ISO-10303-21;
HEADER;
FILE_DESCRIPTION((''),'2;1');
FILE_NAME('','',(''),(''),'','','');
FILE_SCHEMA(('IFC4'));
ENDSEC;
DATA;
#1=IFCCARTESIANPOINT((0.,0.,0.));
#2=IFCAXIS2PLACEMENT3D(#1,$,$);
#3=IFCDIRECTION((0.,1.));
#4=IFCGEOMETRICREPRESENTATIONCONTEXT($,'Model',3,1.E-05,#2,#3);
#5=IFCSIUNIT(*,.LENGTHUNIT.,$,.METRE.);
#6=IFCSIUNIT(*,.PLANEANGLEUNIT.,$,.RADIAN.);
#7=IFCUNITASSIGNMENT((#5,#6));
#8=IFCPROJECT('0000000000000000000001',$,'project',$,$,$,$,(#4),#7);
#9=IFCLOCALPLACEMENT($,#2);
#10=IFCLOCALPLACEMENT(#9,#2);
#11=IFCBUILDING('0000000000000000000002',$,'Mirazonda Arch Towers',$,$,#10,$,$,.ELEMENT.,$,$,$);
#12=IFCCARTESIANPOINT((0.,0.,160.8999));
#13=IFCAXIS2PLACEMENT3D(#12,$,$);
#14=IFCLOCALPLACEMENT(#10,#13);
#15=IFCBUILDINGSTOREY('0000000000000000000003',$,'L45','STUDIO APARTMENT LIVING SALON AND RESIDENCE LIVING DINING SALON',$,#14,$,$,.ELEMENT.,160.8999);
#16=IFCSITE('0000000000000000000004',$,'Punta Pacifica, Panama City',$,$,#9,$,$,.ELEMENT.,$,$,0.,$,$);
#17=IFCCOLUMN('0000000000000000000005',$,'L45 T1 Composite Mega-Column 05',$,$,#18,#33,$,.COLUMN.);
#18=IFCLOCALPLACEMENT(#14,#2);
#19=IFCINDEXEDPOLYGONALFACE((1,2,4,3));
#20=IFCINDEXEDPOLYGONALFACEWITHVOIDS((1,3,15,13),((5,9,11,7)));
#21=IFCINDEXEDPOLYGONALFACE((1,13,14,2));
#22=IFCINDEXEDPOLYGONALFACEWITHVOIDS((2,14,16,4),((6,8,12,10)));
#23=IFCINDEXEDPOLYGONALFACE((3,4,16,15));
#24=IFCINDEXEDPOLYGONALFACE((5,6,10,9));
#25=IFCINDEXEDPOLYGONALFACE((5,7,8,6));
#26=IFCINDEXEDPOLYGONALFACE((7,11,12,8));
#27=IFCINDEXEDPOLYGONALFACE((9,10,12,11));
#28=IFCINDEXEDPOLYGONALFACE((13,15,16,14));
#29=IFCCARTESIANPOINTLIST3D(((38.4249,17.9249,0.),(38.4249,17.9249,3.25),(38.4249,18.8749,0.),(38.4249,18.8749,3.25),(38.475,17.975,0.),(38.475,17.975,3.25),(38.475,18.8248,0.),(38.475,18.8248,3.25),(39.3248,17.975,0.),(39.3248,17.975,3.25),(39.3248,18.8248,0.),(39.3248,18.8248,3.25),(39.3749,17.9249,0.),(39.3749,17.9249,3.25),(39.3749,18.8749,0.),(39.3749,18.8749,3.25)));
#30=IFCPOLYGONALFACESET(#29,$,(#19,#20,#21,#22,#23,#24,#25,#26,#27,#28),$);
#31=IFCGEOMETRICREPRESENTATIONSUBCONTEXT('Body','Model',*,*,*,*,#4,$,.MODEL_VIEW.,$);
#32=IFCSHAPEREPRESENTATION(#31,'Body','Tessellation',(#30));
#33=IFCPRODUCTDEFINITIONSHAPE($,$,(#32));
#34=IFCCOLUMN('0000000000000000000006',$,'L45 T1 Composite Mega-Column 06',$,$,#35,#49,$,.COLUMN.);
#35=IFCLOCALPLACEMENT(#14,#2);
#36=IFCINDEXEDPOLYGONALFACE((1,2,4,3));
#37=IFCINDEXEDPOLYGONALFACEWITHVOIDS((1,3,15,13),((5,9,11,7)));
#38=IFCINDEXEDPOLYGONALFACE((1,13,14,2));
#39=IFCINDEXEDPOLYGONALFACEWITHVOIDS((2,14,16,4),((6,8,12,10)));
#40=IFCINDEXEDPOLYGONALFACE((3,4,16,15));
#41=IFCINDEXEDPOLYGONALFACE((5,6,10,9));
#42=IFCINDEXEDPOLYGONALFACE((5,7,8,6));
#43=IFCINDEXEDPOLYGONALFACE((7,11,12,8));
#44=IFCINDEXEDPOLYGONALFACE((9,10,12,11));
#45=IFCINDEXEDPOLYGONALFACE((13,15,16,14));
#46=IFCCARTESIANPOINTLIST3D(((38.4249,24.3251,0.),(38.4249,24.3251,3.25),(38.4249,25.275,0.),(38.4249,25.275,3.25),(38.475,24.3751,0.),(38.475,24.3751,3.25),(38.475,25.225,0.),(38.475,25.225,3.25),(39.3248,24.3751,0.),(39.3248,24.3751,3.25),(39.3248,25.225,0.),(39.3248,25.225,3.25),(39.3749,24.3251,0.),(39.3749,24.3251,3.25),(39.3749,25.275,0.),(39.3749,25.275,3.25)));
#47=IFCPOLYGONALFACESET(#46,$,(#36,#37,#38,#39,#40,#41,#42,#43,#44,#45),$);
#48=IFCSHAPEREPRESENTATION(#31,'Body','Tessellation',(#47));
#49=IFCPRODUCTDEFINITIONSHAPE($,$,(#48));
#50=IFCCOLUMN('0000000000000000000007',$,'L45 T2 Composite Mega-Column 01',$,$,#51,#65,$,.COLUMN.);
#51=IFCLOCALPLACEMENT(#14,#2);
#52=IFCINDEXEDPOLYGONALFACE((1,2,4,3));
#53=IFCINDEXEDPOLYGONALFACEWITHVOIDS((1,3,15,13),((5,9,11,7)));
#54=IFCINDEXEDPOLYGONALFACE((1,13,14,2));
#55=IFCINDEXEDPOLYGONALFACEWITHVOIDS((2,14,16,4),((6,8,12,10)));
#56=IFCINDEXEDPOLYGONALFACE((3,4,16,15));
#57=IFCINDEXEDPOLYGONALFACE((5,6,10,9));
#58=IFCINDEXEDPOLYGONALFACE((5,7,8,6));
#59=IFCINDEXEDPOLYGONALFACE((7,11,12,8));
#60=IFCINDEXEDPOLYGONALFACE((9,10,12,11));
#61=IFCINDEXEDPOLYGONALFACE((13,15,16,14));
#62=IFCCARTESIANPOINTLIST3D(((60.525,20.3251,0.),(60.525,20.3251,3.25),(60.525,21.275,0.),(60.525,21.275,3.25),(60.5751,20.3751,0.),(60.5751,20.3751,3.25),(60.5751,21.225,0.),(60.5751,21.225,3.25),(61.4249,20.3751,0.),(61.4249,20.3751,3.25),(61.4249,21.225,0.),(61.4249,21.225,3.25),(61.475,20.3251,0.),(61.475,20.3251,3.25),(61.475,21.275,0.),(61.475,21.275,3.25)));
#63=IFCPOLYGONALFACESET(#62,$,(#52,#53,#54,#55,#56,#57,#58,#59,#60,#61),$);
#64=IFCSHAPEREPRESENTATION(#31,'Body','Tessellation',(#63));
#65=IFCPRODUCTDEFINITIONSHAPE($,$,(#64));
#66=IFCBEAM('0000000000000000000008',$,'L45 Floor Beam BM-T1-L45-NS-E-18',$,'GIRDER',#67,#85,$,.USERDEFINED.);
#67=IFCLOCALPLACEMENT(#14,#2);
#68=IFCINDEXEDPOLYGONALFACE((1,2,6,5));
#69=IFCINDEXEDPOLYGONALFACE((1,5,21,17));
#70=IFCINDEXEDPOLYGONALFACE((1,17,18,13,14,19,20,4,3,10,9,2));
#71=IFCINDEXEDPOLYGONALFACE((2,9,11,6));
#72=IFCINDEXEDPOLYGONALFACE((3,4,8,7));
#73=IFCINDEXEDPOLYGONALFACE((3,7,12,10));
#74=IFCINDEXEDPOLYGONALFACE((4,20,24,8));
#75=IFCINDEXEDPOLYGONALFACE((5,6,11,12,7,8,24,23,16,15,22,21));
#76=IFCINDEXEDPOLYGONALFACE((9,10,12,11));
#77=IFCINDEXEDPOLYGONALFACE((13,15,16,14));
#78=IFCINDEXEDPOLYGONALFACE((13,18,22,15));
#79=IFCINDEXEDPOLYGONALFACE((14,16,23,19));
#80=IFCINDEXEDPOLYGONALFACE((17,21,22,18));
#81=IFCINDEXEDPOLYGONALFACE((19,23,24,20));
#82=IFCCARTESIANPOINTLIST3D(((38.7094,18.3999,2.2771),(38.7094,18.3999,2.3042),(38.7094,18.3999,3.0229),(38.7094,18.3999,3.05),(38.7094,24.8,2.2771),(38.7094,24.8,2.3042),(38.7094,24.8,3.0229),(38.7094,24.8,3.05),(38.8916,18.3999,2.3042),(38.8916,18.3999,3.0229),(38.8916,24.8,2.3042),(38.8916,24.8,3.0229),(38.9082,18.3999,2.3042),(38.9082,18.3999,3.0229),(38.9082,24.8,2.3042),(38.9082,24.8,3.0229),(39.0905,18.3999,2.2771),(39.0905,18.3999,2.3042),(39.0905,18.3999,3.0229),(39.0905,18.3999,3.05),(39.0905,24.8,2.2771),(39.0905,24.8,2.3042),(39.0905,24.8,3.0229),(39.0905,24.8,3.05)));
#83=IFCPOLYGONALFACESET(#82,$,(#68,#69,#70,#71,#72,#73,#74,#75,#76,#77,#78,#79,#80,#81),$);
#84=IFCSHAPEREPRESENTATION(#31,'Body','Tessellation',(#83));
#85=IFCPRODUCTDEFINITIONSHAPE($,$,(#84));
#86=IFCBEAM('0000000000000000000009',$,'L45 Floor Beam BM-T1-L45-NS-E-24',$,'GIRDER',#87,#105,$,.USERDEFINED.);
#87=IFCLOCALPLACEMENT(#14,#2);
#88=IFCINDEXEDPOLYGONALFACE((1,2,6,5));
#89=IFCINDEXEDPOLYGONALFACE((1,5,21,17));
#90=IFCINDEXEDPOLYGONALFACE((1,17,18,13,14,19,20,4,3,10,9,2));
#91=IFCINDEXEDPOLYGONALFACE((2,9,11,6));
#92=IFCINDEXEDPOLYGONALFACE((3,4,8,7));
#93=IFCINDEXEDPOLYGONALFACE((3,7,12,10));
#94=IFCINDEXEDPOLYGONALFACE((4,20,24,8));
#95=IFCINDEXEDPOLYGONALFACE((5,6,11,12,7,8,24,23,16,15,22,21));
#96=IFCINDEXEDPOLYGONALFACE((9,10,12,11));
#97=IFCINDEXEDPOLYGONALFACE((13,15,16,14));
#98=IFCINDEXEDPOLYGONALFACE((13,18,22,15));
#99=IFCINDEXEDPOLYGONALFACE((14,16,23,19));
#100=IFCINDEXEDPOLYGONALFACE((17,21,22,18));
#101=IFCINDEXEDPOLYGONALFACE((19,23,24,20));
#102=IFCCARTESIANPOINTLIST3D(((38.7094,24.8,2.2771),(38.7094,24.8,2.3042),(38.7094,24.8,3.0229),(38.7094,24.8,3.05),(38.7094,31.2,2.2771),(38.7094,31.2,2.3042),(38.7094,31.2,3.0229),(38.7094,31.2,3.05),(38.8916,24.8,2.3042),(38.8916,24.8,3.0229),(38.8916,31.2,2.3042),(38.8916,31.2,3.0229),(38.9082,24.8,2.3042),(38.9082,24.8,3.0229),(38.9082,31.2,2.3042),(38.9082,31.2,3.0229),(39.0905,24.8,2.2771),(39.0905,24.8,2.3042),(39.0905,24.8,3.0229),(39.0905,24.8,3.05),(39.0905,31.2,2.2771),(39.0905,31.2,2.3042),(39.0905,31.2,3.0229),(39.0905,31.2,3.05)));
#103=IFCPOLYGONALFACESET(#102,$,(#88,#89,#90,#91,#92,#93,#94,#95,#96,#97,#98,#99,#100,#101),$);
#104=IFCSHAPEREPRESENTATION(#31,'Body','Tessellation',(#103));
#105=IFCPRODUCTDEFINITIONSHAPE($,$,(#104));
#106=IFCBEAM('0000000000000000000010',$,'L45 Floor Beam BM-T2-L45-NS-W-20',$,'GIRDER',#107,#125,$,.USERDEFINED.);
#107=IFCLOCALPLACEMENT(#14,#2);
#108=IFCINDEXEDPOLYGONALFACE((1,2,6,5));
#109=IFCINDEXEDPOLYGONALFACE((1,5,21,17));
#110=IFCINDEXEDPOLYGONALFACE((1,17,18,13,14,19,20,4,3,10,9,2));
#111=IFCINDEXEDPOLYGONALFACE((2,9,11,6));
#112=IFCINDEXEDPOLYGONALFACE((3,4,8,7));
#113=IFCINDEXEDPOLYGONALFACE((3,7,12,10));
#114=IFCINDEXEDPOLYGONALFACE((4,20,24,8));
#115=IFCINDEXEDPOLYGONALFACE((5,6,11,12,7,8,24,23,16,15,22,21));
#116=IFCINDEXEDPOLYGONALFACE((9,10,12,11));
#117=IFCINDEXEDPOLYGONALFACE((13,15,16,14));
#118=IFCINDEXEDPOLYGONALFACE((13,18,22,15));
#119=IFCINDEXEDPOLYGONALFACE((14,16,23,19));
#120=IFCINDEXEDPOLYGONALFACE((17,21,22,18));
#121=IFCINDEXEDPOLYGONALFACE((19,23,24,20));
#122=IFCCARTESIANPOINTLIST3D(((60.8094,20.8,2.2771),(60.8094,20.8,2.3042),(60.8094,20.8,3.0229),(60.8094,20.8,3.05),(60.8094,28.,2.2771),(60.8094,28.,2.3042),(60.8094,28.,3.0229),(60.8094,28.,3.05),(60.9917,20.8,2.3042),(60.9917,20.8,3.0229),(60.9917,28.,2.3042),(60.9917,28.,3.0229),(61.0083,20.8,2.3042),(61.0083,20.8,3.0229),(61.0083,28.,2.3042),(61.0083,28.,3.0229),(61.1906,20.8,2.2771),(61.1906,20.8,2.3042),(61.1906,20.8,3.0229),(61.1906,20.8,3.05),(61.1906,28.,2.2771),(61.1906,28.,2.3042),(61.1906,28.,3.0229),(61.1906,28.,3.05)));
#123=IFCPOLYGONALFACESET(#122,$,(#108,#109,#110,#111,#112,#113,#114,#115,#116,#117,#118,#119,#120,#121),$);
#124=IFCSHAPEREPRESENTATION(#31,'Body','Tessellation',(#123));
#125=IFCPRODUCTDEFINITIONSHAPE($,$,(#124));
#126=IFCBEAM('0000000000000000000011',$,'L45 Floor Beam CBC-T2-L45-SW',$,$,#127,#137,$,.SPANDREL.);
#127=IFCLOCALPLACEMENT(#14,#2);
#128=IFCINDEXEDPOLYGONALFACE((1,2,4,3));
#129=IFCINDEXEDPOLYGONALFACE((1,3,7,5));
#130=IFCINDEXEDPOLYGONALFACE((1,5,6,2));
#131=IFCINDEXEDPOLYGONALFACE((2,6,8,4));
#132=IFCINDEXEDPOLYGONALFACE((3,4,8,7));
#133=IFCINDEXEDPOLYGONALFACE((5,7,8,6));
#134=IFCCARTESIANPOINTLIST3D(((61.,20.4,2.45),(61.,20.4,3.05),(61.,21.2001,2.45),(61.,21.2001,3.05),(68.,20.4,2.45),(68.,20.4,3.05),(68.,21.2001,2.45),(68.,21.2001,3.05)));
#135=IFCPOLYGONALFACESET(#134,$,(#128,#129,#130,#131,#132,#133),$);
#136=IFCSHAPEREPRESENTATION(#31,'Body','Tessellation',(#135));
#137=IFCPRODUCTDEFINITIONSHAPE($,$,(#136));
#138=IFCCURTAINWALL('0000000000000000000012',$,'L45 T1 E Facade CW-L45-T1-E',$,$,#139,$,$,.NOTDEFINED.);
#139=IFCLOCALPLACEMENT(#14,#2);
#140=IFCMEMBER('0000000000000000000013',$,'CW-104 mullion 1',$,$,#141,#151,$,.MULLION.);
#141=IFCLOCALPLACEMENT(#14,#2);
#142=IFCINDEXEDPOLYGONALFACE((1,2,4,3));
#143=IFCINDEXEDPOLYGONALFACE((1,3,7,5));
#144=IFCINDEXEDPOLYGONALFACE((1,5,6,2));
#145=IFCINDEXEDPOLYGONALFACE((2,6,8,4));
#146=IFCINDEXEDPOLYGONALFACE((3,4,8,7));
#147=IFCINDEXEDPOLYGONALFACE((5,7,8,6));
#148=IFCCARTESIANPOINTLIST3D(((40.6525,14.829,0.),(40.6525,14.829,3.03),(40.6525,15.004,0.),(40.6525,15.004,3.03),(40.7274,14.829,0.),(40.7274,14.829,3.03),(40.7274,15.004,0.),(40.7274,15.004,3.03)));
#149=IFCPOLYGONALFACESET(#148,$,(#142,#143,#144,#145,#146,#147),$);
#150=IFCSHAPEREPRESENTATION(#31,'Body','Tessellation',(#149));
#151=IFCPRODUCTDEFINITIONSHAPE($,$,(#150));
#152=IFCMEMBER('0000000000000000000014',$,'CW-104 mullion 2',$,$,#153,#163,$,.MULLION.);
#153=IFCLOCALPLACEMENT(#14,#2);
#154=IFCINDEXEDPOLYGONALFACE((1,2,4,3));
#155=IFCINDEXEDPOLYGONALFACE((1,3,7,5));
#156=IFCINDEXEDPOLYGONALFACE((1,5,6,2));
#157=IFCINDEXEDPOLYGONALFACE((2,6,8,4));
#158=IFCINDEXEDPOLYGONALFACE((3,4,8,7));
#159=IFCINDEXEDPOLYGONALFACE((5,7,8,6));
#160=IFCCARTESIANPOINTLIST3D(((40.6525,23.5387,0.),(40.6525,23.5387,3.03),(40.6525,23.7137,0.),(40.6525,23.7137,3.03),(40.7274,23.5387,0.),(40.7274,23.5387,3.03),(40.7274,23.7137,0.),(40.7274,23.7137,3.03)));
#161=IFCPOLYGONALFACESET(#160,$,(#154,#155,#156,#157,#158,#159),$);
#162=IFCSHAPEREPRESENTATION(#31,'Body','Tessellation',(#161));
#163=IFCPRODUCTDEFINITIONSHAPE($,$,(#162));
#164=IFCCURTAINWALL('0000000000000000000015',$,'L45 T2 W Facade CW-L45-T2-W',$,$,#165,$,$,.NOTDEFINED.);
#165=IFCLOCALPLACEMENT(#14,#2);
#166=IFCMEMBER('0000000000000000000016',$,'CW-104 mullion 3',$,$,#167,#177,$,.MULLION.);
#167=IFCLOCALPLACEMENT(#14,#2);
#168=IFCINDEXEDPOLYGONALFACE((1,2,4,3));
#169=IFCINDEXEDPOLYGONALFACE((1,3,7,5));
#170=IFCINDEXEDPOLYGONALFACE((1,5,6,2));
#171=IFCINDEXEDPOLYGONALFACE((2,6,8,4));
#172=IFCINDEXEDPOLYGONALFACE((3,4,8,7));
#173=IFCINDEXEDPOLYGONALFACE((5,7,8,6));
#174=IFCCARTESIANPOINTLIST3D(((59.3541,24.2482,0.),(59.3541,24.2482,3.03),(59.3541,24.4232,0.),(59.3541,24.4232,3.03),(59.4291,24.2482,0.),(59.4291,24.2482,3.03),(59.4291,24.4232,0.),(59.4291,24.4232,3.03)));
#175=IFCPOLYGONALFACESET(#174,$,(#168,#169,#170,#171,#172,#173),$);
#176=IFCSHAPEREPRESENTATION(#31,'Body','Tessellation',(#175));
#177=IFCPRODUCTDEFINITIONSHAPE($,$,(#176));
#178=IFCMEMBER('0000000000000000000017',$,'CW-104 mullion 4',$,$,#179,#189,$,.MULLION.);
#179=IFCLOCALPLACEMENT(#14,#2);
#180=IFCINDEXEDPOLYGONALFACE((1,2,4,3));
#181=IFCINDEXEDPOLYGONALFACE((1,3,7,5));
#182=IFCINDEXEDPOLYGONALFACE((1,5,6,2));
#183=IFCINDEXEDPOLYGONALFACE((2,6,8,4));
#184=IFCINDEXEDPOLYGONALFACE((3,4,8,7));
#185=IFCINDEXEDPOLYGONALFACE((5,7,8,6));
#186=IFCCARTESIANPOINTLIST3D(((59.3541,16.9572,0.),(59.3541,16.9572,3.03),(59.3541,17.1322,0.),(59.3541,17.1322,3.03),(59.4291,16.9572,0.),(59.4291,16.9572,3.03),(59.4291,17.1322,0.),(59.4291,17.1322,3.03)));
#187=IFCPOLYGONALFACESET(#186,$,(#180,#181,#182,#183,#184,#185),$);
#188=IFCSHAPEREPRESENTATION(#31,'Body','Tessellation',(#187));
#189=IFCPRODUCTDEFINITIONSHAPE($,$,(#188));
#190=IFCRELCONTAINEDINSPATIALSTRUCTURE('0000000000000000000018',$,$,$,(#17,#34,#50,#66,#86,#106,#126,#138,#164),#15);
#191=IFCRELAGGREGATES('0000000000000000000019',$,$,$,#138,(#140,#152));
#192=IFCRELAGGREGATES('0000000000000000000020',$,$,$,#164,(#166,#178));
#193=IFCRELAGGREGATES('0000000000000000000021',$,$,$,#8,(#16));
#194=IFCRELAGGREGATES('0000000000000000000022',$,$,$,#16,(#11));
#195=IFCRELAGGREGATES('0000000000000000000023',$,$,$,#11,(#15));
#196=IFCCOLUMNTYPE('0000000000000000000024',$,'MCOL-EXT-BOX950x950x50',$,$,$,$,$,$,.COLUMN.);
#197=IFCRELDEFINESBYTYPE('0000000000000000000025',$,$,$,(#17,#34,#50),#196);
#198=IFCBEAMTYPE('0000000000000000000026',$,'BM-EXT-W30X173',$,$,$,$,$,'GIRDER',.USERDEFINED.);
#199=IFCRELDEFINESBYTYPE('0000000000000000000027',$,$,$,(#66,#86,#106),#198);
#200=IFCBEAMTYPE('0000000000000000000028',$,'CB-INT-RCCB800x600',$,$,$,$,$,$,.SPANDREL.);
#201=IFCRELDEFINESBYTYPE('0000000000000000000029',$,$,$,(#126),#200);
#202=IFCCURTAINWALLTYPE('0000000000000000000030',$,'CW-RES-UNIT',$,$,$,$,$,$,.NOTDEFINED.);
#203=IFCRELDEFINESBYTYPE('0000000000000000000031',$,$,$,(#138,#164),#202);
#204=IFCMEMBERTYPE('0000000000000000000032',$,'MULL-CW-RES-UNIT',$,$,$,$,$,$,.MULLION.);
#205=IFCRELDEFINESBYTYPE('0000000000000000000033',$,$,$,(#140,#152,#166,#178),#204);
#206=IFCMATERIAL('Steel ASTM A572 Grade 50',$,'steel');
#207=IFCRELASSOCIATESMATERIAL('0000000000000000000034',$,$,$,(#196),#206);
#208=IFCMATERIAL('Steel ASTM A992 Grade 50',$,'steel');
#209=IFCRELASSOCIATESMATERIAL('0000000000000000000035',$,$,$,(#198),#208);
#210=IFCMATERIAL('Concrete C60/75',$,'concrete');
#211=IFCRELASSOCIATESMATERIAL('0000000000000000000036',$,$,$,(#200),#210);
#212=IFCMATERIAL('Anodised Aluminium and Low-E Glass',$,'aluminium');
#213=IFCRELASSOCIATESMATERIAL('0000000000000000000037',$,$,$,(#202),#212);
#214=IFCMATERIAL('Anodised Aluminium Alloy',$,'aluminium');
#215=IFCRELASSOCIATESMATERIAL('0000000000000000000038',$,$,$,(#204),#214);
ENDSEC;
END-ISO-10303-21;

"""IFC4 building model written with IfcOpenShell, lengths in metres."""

from ifc_helpers import new_model, si_unit, direction, frame, origin, origin_2d, place, context, subcontext, project, spatial, rectangle, hollow_rectangle, i_section, extrude, material, material_profile, profile_set, type_object, element, aggregate, save


model = new_model("IFC4")

# Units and contexts
model_context = context("Model", 3, precision=1e-05, world=origin(), true_north=direction((0.0, 1.0)))
body_context = subcontext(model_context, "Body", "Model", "MODEL_VIEW")
ifc_project = project(units=[si_unit("LENGTHUNIT", "METRE"), si_unit("PLANEANGLEUNIT", "RADIAN")], contexts=[model_context])

# Site, building, storey
site_placement = place(None, origin())
site = spatial("IfcSite", under=ifc_project, at=site_placement, Name="Punta Pacifica, Panama City", CompositionType="ELEMENT", RefElevation=0.0)
building_placement = place(site_placement, origin())
building = spatial("IfcBuilding", under=site, at=building_placement, Name="Mirazonda Arch Towers", CompositionType="ELEMENT")
storey_placement = place(building_placement, frame((0.0, 0.0, 160.8999)))
storey = spatial("IfcBuildingStorey", under=building, at=storey_placement, Name="L45", Description="STUDIO APARTMENT LIVING SALON AND RESIDENCE LIVING DINING SALON", CompositionType="ELEMENT", Elevation=160.8999)

# Columns
ifc_material_1 = material(Name="Steel ASTM A572 Grade 50", Category="steel")
ifc_material_profile_1 = material_profile(ifc_material_1, hollow_rectangle(XDim=0.95, YDim=0.95, WallThickness=0.05, at=origin_2d()), Name="BOX950x950x50")
ifc_profile_set_1 = profile_set([ifc_material_profile_1], Name="Steel ASTM A572 Grade 50")
column_type = type_object("IfcColumnType", Name="MCOL-EXT-BOX950x950x50", PredefinedType="COLUMN", material=ifc_profile_set_1)
for number, where, z_axis, x_axis, name in (
    (1, (38.8999, 18.3999, 0.0), (0.0, 0.0, 1.0), (1.0, 0.0, 0.0), "L45 T1 Composite Mega-Column 05"),
    (2, (38.8999, 24.8, 0.0), (0.0, 0.0, 1.0), (1.0, 0.0, 0.0), "L45 T1 Composite Mega-Column 06"),
    (3, (61.0, 20.8, 0.0), (0.0, 0.0, 1.0), (1.0, 0.0, 0.0), "L45 T2 Composite Mega-Column 01"),
):
    element("IfcColumn", number, at=place(storey_placement, frame(where, z_axis=z_axis, x_axis=x_axis)), inside=storey, type_object=column_type, Name=name, PredefinedType="COLUMN", context=body_context, shape_type="SweptSolid", body=[
        extrude(hollow_rectangle(XDim=0.95, YDim=0.95, WallThickness=0.05, at=origin_2d()), origin(), (0.0, 0.0, 1.0), 3.25),
    ])

# Beams
ifc_material_2 = material(Name="Steel ASTM A992 Grade 50", Category="steel")
ifc_material_profile_2 = material_profile(ifc_material_2, i_section(OverallWidth=0.3811, OverallDepth=0.7729, WebThickness=0.0166, FlangeThickness=0.0271, at=origin_2d()), Name="W30X173")
ifc_profile_set_2 = profile_set([ifc_material_profile_2], Name="Steel ASTM A992 Grade 50")
beam_type_1 = type_object("IfcBeamType", Name="BM-EXT-W30X173", ElementType="GIRDER", PredefinedType="USERDEFINED", material=ifc_profile_set_2)
beam_1_placement = place(storey_placement, frame((38.8999, 18.3999, 2.6636), z_axis=(0.0, 1.0, 0.0), x_axis=(-1.0, 0.0, 0.0)))
element("IfcBeam", 4, at=beam_1_placement, inside=storey, type_object=beam_type_1, Name="L45 Floor Beam BM-T1-L45-NS-E-18", ObjectType="GIRDER", PredefinedType="USERDEFINED", context=body_context, shape_type="SweptSolid", body=[
    extrude(i_section(OverallWidth=0.3811, OverallDepth=0.7729, WebThickness=0.0166, FlangeThickness=0.0271, at=origin_2d()), origin(), (0.0, 0.0, 1.0), 6.4001),
])
beam_2_placement = place(storey_placement, frame((38.8999, 24.8, 2.6636), z_axis=(0.0, 1.0, 0.0), x_axis=(-1.0, 0.0, 0.0)))
element("IfcBeam", 5, at=beam_2_placement, inside=storey, type_object=beam_type_1, Name="L45 Floor Beam BM-T1-L45-NS-E-24", ObjectType="GIRDER", PredefinedType="USERDEFINED", context=body_context, shape_type="SweptSolid", body=[
    extrude(i_section(OverallWidth=0.3811, OverallDepth=0.7729, WebThickness=0.0166, FlangeThickness=0.0271, at=origin_2d()), origin(), (0.0, 0.0, 1.0), 6.3999),
])
beam_3_placement = place(storey_placement, frame((61.0, 20.8, 2.6636), z_axis=(0.0, 1.0, 0.0), x_axis=(-1.0, 0.0, 0.0)))
element("IfcBeam", 6, at=beam_3_placement, inside=storey, type_object=beam_type_1, Name="L45 Floor Beam BM-T2-L45-NS-W-20", ObjectType="GIRDER", PredefinedType="USERDEFINED", context=body_context, shape_type="SweptSolid", body=[
    extrude(i_section(OverallWidth=0.3811, OverallDepth=0.7729, WebThickness=0.0166, FlangeThickness=0.0271, at=origin_2d()), origin(), (0.0, 0.0, 1.0), 7.2),
])
ifc_material_3 = material(Name="Concrete C60/75", Category="concrete")
ifc_material_profile_3 = material_profile(ifc_material_3, rectangle(XDim=0.8, YDim=0.6001, at=origin_2d()), Name="RCCB800x600")
ifc_profile_set_3 = profile_set([ifc_material_profile_3], Name="Concrete C60/75")
beam_type_2 = type_object("IfcBeamType", Name="CB-INT-RCCB800x600", PredefinedType="SPANDREL", material=ifc_profile_set_3)
beam_4_placement = place(storey_placement, frame((61.0, 20.8, 2.75), z_axis=(1.0, 0.0, 0.0), x_axis=(0.0, 1.0, 0.0)))
element("IfcBeam", 7, at=beam_4_placement, inside=storey, type_object=beam_type_2, Name="L45 Floor Beam CBC-T2-L45-SW", PredefinedType="SPANDREL", context=body_context, shape_type="SweptSolid", body=[
    extrude(rectangle(XDim=0.8, YDim=0.6001, at=origin_2d()), origin(), (0.0, 0.0, 1.0), 7.0),
])

# Curtain walls, members
ifc_material_4 = material(Name="Anodised Aluminium and Low-E Glass", Category="aluminium")
curtain_wall_type = type_object("IfcCurtainWallType", Name="CW-RES-UNIT", PredefinedType="NOTDEFINED", material=ifc_material_4)
curtain_wall_1_placement = place(storey_placement, origin())
curtain_wall_1 = element("IfcCurtainWall", 8, at=curtain_wall_1_placement, inside=storey, type_object=curtain_wall_type, Name="L45 T1 E Facade CW-L45-T1-E", PredefinedType="NOTDEFINED")
ifc_material_5 = material(Name="Anodised Aluminium Alloy", Category="aluminium")
ifc_material_profile_4 = material_profile(ifc_material_5, rectangle(XDim=0.075, YDim=0.175, at=origin_2d()), Name="ALU-MULL-75x175")
ifc_profile_set_4 = profile_set([ifc_material_profile_4], Name="Anodised Aluminium Alloy")
member_type_1 = type_object("IfcMemberType", Name="MULL-CW-RES-UNIT", PredefinedType="MULLION", material=ifc_profile_set_4)
member_1_placement = place(storey_placement, frame((40.6899, 14.9165, 0.0), z_axis=(0.0, 0.0, 1.0), x_axis=(-1.0, 0.0, 0.0)))
member_1 = element("IfcMember", 9, at=member_1_placement, type_object=member_type_1, Name="CW-104 mullion 1", PredefinedType="MULLION", context=body_context, shape_type="SweptSolid", body=[
    extrude(rectangle(XDim=0.075, YDim=0.175, at=origin_2d()), origin(), (0.0, 0.0, 1.0), 3.03),
])
member_2_placement = place(storey_placement, frame((40.6899, 23.6262, 0.0), z_axis=(0.0, 0.0, 1.0), x_axis=(-1.0, 0.0, 0.0)))
member_2 = element("IfcMember", 10, at=member_2_placement, type_object=member_type_1, Name="CW-104 mullion 2", PredefinedType="MULLION", context=body_context, shape_type="SweptSolid", body=[
    extrude(rectangle(XDim=0.075, YDim=0.175, at=origin_2d()), origin(), (0.0, 0.0, 1.0), 3.03),
])
curtain_wall_2_placement = place(storey_placement, origin())
curtain_wall_2 = element("IfcCurtainWall", 11, at=curtain_wall_2_placement, inside=storey, type_object=curtain_wall_type, Name="L45 T2 W Facade CW-L45-T2-W", PredefinedType="NOTDEFINED")
member_3_placement = place(storey_placement, frame((59.3916, 24.3357, 0.0), z_axis=(0.0, 0.0, 1.0), x_axis=(1.0, 0.0, 0.0)))
member_3 = element("IfcMember", 12, at=member_3_placement, type_object=member_type_1, Name="CW-104 mullion 3", PredefinedType="MULLION", context=body_context, shape_type="SweptSolid", body=[
    extrude(rectangle(XDim=0.075, YDim=0.175, at=origin_2d()), origin(), (0.0, 0.0, 1.0), 3.03),
])
member_4_placement = place(storey_placement, frame((59.3916, 17.0447, 0.0), z_axis=(0.0, 0.0, 1.0), x_axis=(1.0, 0.0, 0.0)))
member_4 = element("IfcMember", 13, at=member_4_placement, type_object=member_type_1, Name="CW-104 mullion 4", PredefinedType="MULLION", context=body_context, shape_type="SweptSolid", body=[
    extrude(rectangle(XDim=0.075, YDim=0.175, at=origin_2d()), origin(), (0.0, 0.0, 1.0), 3.03),
])

aggregate(curtain_wall_1, [member_1, member_2])
aggregate(curtain_wall_2, [member_3, member_4])

save(model, "model.ifc")
